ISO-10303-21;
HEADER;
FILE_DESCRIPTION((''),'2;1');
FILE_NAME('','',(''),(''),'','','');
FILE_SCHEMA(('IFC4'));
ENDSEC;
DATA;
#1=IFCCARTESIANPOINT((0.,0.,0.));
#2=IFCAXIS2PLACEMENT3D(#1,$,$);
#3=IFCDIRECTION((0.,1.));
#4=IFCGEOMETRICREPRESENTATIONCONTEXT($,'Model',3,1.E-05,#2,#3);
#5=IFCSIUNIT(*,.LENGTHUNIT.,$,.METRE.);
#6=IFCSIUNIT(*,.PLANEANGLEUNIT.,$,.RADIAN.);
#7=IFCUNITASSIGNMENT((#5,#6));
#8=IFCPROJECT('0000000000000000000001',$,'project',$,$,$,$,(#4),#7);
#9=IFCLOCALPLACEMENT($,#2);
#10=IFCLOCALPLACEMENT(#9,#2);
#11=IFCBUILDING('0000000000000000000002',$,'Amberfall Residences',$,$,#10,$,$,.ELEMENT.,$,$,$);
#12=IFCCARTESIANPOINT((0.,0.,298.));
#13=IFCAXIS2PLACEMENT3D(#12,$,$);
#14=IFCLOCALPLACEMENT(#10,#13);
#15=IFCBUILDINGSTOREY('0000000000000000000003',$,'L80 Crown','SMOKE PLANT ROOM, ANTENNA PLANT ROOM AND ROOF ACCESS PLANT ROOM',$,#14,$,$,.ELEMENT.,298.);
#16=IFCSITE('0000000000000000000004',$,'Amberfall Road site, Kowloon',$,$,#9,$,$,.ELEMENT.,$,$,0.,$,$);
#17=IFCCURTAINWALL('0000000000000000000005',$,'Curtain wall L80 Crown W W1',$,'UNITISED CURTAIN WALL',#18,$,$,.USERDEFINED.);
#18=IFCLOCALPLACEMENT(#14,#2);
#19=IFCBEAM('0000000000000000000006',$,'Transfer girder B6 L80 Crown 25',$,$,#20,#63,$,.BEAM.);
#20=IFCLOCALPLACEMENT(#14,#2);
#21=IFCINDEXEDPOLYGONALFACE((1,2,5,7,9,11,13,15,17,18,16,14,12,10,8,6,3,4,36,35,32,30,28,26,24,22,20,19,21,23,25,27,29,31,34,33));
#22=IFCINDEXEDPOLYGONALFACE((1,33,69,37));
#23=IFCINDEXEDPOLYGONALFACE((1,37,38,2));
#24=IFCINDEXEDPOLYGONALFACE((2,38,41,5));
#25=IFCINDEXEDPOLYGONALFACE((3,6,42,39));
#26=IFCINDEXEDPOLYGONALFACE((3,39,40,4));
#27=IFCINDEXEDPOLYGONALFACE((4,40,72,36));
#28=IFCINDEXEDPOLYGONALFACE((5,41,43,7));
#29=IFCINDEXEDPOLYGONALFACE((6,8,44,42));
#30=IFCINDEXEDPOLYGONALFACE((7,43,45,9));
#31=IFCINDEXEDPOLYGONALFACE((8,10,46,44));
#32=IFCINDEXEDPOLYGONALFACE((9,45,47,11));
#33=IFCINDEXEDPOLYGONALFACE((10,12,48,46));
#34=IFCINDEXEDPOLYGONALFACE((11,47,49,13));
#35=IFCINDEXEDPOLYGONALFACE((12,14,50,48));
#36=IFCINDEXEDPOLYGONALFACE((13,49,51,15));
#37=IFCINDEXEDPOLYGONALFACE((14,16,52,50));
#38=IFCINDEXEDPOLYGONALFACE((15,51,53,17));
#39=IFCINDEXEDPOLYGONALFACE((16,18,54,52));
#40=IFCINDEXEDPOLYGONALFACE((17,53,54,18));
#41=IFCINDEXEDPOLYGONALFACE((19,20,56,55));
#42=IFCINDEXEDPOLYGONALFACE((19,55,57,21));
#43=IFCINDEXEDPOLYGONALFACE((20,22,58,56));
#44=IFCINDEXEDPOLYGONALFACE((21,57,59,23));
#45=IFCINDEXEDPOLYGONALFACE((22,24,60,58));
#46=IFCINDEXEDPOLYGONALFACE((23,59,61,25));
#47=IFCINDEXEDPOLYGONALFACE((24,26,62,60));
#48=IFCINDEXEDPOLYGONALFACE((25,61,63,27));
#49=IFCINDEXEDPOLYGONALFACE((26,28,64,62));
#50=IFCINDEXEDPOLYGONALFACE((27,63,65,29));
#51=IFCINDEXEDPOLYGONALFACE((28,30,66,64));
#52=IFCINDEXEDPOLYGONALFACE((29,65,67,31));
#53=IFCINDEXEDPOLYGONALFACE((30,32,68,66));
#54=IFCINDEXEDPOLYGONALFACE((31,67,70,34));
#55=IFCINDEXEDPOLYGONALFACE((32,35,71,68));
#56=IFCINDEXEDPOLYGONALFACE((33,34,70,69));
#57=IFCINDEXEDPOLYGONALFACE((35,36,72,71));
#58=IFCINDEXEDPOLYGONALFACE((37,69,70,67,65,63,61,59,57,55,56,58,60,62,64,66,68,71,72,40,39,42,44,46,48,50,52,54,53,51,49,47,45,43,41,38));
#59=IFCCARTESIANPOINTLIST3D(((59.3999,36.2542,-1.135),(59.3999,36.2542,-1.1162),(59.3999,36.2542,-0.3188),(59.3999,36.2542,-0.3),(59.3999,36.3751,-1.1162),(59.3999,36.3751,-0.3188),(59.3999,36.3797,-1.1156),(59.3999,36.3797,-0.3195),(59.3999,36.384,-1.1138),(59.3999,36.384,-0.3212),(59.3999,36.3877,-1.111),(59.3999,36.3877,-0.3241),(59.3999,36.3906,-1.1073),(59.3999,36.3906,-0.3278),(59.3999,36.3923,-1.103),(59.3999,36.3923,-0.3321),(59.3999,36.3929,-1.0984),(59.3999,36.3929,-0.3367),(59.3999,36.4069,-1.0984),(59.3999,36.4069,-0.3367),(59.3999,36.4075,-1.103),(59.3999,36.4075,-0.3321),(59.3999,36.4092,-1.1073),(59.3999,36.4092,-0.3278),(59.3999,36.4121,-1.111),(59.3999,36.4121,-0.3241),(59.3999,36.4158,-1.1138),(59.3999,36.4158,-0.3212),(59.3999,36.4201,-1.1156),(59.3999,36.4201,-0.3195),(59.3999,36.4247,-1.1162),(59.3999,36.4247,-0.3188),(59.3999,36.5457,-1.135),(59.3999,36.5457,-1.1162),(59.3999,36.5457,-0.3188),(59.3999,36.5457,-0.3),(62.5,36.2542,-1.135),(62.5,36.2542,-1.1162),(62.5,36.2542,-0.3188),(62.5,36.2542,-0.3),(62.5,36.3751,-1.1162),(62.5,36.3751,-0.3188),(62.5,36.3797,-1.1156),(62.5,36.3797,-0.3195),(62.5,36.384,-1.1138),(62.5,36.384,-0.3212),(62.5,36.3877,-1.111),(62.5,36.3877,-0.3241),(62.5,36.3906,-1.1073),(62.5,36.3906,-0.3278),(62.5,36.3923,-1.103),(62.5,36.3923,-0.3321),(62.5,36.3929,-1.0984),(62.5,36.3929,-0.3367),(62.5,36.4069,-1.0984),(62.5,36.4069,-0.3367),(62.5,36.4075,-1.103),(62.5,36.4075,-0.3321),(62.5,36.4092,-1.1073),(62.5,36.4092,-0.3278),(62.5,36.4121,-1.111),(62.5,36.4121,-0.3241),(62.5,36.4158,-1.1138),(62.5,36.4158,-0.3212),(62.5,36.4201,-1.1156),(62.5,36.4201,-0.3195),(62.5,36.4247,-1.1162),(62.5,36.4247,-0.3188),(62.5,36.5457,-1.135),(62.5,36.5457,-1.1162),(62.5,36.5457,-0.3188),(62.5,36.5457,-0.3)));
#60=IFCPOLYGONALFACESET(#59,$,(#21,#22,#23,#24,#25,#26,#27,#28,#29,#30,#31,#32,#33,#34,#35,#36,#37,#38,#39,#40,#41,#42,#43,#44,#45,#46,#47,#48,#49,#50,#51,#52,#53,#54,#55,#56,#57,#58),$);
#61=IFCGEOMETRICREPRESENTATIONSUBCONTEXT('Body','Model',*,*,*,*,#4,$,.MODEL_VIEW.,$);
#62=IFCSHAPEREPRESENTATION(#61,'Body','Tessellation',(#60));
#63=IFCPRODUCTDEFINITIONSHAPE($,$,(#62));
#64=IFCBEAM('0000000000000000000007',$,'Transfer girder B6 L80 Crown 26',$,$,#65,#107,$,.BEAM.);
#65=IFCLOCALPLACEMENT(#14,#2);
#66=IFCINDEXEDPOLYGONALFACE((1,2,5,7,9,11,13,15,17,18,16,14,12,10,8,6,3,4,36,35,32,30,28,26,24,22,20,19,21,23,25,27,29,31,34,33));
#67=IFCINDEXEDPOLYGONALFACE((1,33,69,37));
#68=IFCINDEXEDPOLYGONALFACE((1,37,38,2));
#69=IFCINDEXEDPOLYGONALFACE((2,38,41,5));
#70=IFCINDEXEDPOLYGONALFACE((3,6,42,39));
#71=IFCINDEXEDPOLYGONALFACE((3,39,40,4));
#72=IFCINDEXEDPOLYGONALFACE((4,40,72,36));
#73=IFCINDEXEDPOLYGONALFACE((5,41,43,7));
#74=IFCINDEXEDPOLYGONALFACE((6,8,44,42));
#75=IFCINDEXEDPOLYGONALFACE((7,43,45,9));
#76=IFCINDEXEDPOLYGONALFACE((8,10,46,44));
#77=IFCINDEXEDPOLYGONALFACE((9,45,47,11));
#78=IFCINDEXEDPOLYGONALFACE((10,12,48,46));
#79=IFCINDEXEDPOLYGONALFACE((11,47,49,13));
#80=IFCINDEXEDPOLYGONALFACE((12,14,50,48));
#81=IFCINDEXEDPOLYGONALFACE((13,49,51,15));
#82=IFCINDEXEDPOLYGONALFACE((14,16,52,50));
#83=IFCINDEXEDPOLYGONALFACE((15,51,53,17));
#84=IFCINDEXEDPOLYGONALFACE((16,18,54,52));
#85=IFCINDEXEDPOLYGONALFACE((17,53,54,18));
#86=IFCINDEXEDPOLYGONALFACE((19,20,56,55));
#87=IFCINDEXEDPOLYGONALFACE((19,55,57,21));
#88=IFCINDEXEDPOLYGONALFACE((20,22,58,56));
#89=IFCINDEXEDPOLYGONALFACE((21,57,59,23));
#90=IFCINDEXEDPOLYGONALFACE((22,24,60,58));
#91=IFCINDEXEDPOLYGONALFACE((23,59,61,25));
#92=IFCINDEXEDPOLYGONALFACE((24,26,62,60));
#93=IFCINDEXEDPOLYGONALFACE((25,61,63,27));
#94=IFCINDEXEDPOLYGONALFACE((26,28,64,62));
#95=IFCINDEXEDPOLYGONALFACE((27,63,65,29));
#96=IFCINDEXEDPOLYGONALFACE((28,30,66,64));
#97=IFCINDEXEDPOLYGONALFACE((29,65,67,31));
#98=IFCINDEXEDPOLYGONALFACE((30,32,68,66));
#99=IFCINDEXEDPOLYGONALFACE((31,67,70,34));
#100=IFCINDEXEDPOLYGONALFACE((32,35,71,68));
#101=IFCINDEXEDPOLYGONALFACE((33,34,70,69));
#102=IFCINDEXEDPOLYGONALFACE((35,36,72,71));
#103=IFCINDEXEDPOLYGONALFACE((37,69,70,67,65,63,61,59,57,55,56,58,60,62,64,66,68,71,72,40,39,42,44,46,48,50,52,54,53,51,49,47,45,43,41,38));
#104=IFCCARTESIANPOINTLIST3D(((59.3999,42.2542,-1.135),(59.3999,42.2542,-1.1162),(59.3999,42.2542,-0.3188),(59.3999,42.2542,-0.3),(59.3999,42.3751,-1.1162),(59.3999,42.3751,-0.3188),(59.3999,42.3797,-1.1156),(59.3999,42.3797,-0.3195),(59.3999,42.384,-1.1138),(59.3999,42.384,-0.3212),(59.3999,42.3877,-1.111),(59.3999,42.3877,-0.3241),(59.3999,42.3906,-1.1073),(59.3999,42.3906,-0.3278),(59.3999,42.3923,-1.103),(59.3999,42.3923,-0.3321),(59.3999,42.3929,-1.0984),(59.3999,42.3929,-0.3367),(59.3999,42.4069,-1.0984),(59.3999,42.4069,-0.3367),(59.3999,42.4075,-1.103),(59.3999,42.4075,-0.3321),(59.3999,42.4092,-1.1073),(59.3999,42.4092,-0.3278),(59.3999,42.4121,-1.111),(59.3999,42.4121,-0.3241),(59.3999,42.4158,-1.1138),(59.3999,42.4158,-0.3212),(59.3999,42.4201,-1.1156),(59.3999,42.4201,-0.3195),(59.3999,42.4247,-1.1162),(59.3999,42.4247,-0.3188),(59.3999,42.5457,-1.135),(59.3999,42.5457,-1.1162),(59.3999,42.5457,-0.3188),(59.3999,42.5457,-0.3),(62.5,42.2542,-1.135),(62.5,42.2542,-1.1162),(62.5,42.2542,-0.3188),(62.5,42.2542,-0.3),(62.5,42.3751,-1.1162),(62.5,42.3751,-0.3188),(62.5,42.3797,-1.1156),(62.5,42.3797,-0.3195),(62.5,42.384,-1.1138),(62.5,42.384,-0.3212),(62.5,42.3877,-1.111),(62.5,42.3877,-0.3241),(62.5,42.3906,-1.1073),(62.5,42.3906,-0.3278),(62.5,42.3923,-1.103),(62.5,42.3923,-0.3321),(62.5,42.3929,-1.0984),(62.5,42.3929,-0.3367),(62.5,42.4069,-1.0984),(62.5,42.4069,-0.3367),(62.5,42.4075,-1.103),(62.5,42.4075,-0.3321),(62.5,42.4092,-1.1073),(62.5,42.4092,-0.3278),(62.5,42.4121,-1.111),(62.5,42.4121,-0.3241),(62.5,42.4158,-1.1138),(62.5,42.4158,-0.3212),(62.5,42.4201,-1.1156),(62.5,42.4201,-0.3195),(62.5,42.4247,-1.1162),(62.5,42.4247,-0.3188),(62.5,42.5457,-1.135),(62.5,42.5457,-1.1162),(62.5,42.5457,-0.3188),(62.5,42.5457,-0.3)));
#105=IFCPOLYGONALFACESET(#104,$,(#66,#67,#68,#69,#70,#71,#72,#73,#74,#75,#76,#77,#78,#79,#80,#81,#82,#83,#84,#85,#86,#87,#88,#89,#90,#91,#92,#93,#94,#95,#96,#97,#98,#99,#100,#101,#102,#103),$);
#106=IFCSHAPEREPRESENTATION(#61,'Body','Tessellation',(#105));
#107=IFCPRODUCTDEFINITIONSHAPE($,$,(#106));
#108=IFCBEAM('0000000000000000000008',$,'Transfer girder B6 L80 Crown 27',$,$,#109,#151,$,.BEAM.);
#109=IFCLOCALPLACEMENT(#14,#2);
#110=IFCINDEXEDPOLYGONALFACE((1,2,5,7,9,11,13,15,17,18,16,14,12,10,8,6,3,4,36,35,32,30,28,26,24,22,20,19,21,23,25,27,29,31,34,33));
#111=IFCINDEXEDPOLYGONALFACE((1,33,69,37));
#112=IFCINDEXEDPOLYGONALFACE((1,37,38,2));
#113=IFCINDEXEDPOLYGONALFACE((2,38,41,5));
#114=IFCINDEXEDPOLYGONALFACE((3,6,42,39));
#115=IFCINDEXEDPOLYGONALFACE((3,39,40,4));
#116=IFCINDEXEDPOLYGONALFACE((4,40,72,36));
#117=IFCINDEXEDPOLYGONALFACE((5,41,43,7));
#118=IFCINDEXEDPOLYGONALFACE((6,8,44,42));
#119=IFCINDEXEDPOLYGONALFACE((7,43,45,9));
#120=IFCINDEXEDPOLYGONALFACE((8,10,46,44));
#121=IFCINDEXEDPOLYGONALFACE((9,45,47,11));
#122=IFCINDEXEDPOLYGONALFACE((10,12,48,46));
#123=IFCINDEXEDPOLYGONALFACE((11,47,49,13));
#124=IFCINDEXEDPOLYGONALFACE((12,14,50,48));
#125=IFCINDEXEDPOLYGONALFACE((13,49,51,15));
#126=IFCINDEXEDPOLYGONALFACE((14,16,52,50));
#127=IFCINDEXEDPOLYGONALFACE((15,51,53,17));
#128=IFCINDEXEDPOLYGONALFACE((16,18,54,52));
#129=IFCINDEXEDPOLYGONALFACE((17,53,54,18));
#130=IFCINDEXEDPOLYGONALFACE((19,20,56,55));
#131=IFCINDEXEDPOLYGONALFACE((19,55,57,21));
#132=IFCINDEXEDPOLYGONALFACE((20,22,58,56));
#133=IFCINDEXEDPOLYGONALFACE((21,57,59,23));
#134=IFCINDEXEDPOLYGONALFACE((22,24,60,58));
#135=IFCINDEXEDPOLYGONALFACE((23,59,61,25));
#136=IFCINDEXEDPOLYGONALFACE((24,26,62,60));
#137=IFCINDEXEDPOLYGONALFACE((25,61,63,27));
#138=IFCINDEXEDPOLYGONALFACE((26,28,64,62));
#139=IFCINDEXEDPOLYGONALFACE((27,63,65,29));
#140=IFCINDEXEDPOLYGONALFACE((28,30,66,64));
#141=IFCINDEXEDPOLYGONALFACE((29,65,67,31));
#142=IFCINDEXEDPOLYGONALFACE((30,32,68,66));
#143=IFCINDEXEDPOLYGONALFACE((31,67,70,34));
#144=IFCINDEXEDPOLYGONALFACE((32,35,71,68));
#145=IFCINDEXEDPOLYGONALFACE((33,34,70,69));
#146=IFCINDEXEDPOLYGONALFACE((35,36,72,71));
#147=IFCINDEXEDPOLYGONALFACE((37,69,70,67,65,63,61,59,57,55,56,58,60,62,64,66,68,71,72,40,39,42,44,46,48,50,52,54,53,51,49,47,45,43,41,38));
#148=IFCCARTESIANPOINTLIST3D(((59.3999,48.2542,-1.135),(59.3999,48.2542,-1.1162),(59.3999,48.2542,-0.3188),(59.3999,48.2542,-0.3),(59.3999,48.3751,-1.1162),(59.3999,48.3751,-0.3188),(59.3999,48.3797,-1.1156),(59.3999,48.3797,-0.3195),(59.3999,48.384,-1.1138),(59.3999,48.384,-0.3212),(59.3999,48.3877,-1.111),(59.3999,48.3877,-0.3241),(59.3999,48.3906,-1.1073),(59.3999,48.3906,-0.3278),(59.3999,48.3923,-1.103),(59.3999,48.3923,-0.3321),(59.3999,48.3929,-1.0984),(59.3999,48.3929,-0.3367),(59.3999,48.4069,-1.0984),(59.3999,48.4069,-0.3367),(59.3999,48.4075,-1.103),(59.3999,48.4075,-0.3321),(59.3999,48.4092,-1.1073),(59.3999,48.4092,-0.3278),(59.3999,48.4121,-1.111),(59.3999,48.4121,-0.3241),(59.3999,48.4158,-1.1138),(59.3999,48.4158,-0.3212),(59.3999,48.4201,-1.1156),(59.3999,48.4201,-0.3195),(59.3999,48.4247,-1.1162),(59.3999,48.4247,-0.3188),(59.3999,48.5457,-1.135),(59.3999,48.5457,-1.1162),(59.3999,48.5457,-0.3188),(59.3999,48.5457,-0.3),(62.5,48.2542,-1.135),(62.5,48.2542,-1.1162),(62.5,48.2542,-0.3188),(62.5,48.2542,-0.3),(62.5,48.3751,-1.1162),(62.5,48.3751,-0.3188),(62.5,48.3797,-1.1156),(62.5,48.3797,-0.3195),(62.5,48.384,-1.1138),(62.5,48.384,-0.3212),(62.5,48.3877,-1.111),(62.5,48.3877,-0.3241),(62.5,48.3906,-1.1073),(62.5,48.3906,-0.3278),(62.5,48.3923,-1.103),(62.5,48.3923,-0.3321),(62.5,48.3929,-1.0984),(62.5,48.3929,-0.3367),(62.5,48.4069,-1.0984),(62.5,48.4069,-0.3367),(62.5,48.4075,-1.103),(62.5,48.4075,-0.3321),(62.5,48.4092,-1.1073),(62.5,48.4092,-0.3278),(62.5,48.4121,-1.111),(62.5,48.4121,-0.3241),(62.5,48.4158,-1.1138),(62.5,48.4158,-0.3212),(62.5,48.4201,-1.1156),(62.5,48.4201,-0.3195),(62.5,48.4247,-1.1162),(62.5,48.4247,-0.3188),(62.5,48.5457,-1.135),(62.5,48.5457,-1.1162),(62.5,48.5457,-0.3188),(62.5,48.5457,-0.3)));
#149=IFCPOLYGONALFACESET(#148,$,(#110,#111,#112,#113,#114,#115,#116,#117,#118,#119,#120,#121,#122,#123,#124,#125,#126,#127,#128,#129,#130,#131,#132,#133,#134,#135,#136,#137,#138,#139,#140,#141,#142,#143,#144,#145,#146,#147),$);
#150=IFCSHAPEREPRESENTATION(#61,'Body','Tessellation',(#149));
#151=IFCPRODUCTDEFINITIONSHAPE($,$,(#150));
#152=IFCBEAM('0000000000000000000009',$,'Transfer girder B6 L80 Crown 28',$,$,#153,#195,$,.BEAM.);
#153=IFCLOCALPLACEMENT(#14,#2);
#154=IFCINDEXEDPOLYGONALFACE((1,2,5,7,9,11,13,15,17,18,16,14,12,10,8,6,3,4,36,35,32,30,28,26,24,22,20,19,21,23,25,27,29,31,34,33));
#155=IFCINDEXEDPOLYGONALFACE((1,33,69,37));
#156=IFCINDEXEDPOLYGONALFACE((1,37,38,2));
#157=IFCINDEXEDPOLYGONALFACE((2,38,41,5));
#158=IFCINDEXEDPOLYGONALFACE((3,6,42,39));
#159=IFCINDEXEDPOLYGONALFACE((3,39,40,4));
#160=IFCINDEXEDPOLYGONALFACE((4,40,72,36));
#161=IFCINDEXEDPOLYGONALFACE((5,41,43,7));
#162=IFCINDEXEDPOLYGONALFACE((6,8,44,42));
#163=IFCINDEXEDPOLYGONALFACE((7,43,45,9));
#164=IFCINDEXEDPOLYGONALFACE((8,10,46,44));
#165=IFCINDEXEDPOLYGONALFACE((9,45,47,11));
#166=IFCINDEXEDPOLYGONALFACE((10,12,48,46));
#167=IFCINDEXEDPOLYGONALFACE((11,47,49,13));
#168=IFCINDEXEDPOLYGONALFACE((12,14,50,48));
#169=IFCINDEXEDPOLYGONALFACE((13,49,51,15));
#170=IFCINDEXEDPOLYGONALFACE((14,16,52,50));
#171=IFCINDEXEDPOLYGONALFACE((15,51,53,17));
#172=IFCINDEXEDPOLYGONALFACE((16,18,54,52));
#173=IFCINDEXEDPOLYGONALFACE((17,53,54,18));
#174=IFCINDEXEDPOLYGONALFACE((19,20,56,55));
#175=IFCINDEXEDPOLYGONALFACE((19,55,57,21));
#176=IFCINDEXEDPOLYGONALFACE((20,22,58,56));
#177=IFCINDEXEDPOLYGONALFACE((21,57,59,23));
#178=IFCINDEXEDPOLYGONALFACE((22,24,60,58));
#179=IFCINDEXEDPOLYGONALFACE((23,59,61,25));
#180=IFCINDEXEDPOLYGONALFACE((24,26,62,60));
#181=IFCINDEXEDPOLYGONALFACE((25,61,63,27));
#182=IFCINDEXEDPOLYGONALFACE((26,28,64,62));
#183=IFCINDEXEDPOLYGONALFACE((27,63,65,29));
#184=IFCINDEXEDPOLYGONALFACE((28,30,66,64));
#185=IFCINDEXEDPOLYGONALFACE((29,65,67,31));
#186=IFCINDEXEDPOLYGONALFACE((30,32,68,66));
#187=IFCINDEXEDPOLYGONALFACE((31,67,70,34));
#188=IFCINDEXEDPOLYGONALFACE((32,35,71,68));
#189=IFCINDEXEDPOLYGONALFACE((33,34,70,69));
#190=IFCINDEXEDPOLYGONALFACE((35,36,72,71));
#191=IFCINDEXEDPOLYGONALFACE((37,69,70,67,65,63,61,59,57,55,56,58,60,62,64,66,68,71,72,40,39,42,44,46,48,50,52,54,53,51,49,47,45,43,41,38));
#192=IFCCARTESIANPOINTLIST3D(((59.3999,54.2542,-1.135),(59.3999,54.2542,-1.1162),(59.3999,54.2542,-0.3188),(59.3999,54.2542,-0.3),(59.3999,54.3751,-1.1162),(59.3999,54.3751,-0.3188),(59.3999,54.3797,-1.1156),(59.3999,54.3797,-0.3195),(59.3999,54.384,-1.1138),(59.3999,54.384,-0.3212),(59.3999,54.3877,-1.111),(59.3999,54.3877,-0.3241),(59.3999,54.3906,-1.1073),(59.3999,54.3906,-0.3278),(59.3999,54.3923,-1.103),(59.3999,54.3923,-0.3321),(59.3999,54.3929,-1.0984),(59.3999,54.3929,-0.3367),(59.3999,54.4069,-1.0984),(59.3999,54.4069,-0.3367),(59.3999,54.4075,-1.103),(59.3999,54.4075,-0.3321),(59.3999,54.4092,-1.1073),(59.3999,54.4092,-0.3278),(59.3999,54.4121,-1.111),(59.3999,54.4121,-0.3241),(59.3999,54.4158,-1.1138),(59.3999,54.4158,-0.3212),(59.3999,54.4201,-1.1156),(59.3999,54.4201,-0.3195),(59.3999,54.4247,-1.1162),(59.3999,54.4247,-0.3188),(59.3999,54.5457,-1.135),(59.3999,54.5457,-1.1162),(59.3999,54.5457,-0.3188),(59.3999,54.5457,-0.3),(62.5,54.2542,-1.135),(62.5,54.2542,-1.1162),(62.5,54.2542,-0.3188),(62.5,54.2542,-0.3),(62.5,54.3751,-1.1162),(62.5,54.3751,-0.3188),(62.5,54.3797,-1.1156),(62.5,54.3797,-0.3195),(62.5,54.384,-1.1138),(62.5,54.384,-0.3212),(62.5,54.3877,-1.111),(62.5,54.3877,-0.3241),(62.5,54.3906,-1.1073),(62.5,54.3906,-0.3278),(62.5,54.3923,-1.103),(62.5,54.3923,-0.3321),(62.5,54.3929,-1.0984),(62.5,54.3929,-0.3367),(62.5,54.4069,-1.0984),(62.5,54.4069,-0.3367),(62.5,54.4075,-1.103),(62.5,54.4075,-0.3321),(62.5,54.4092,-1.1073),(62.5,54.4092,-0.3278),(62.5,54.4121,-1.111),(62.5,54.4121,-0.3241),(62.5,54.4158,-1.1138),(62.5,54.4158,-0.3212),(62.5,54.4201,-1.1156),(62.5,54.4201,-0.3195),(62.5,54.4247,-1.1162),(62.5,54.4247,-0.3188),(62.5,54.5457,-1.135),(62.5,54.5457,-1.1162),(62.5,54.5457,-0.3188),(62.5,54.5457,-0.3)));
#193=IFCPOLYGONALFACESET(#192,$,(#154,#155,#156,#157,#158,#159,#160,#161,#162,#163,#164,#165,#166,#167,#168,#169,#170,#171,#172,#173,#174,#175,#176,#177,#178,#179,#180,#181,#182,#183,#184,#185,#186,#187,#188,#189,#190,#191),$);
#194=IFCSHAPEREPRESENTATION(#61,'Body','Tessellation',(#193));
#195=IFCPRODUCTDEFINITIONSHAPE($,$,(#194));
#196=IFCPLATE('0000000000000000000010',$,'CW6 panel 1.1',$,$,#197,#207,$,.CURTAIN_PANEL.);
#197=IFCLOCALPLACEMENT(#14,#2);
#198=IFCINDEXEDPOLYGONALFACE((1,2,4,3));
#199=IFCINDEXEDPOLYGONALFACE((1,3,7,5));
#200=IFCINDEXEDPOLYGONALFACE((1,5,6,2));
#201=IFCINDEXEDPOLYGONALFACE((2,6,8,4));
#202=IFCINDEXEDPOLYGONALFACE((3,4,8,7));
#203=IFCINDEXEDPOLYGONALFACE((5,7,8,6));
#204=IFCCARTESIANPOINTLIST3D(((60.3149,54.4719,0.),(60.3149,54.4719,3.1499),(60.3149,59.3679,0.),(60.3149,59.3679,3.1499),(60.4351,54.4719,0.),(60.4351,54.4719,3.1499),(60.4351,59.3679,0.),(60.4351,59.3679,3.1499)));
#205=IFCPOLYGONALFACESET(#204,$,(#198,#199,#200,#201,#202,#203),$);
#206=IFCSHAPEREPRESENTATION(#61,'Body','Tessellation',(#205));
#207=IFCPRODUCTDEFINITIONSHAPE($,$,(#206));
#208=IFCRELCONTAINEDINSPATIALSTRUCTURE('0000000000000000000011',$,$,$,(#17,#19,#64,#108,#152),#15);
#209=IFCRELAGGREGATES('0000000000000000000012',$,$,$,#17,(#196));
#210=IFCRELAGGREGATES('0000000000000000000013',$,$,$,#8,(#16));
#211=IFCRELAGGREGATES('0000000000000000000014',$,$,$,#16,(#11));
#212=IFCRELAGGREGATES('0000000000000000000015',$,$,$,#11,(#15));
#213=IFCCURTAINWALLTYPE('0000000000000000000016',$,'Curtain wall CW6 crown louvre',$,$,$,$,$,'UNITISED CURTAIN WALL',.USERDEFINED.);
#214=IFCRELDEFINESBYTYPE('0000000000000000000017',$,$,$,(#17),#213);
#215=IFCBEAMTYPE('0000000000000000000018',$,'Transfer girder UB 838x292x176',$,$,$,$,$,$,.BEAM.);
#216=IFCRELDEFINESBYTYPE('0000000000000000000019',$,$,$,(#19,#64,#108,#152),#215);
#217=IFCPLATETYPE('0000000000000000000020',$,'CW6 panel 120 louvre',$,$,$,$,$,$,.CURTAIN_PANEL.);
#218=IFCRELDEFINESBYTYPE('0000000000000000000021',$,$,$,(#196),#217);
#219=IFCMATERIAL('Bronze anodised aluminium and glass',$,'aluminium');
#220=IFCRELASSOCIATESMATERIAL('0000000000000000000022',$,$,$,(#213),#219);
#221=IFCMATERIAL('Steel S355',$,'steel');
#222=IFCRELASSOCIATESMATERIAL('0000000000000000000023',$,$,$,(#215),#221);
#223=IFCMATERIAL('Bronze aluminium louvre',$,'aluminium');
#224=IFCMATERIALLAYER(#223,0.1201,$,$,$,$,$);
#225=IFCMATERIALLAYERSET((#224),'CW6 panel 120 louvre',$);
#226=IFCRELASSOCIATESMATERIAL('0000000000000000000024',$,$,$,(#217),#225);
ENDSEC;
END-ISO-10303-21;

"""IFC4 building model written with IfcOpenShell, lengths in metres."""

from ifc_helpers import new_model, si_unit, direction, frame, origin, origin_2d, place, context, subcontext, project, spatial, rectangle, i_section, extrude, material, layer, layer_set, material_profile, profile_set, type_object, element, aggregate, save


model = new_model("IFC4")

# Units and contexts
model_context = context("Model", 3, precision=1e-05, world=origin(), true_north=direction((0.0, 1.0)))
body_context = subcontext(model_context, "Body", "Model", "MODEL_VIEW")
ifc_project = project(units=[si_unit("LENGTHUNIT", "METRE"), si_unit("PLANEANGLEUNIT", "RADIAN")], contexts=[model_context])

# Site, building, storey
site_placement = place(None, origin())
site = spatial("IfcSite", under=ifc_project, at=site_placement, Name="Amberfall Road site, Kowloon", CompositionType="ELEMENT", RefElevation=0.0)
building_placement = place(site_placement, origin())
building = spatial("IfcBuilding", under=site, at=building_placement, Name="Amberfall Residences", CompositionType="ELEMENT")
storey_placement = place(building_placement, frame((0.0, 0.0, 298.0)))
storey = spatial("IfcBuildingStorey", under=building, at=storey_placement, Name="L80 Crown", Description="SMOKE PLANT ROOM, ANTENNA PLANT ROOM AND ROOF ACCESS PLANT ROOM", CompositionType="ELEMENT", Elevation=298.0)

# Shared definitions
ifc_material_1 = material(Name="Bronze anodised aluminium and glass", Category="aluminium")
curtain_wall_type = type_object("IfcCurtainWallType", Name="Curtain wall CW6 crown louvre", ElementType="UNITISED CURTAIN WALL", PredefinedType="USERDEFINED", material=ifc_material_1)

# Curtain wall
curtain_wall_1_placement = place(storey_placement, origin())
curtain_wall_1 = element("IfcCurtainWall", 1, at=curtain_wall_1_placement, inside=storey, type_object=curtain_wall_type, Name="Curtain wall L80 Crown W W1", ObjectType="UNITISED CURTAIN WALL", PredefinedType="USERDEFINED")

# Beams
ifc_material_2 = material(Name="Steel S355", Category="steel")
ifc_material_profile_1 = material_profile(ifc_material_2, i_section(OverallWidth=0.2915, OverallDepth=0.835, WebThickness=0.0139, FlangeThickness=0.0188, FilletRadius=0.0178, at=origin_2d()), Name="UB 838x292x176")
ifc_profile_set_1 = profile_set([ifc_material_profile_1], Name="Steel S355")
beam_type_1 = type_object("IfcBeamType", Name="Transfer girder UB 838x292x176", PredefinedType="BEAM", material=ifc_profile_set_1)
for number, where, z_axis, x_axis, name in (
    (2, (59.3999, 36.3999, -0.7175), (1.0, 0.0, 0.0), (0.0, 1.0, 0.0), "Transfer girder B6 L80 Crown 25"),
    (3, (59.3999, 42.3999, -0.7175), (1.0, 0.0, 0.0), (0.0, 1.0, 0.0), "Transfer girder B6 L80 Crown 26"),
    (4, (59.3999, 48.3999, -0.7175), (1.0, 0.0, 0.0), (0.0, 1.0, 0.0), "Transfer girder B6 L80 Crown 27"),
    (5, (59.3999, 54.3999, -0.7175), (1.0, 0.0, 0.0), (0.0, 1.0, 0.0), "Transfer girder B6 L80 Crown 28"),
):
    element("IfcBeam", number, at=place(storey_placement, frame(where, z_axis=z_axis, x_axis=x_axis)), inside=storey, type_object=beam_type_1, Name=name, PredefinedType="BEAM", context=body_context, shape_type="SweptSolid", body=[
        extrude(i_section(OverallWidth=0.2915, OverallDepth=0.835, WebThickness=0.0139, FlangeThickness=0.0188, FilletRadius=0.0178, at=origin_2d()), origin(), (0.0, 0.0, 1.0), 3.1001),
    ])

# Plate
ifc_material_3 = material(Name="Bronze aluminium louvre", Category="aluminium")
ifc_layer_1 = layer(ifc_material_3, 0.1201)
ifc_layer_set_1 = layer_set([ifc_layer_1], Name="CW6 panel 120 louvre")
plate_type = type_object("IfcPlateType", Name="CW6 panel 120 louvre", PredefinedType="CURTAIN_PANEL", material=ifc_layer_set_1)
plate_1_placement = place(storey_placement, frame((60.375, 56.9199, 0.0), z_axis=(0.0, 0.0, 1.0), x_axis=(0.0, -1.0, 0.0)))
plate_1 = element("IfcPlate", 6, at=plate_1_placement, type_object=plate_type, Name="CW6 panel 1.1", PredefinedType="CURTAIN_PANEL", context=body_context, shape_type="SweptSolid", body=[
    extrude(rectangle(XDim=4.896, YDim=0.1201, at=origin_2d()), origin(), (0.0, 0.0, 1.0), 3.1499),
])
aggregate(curtain_wall_1, [plate_1])

save(model, "model.ifc")
